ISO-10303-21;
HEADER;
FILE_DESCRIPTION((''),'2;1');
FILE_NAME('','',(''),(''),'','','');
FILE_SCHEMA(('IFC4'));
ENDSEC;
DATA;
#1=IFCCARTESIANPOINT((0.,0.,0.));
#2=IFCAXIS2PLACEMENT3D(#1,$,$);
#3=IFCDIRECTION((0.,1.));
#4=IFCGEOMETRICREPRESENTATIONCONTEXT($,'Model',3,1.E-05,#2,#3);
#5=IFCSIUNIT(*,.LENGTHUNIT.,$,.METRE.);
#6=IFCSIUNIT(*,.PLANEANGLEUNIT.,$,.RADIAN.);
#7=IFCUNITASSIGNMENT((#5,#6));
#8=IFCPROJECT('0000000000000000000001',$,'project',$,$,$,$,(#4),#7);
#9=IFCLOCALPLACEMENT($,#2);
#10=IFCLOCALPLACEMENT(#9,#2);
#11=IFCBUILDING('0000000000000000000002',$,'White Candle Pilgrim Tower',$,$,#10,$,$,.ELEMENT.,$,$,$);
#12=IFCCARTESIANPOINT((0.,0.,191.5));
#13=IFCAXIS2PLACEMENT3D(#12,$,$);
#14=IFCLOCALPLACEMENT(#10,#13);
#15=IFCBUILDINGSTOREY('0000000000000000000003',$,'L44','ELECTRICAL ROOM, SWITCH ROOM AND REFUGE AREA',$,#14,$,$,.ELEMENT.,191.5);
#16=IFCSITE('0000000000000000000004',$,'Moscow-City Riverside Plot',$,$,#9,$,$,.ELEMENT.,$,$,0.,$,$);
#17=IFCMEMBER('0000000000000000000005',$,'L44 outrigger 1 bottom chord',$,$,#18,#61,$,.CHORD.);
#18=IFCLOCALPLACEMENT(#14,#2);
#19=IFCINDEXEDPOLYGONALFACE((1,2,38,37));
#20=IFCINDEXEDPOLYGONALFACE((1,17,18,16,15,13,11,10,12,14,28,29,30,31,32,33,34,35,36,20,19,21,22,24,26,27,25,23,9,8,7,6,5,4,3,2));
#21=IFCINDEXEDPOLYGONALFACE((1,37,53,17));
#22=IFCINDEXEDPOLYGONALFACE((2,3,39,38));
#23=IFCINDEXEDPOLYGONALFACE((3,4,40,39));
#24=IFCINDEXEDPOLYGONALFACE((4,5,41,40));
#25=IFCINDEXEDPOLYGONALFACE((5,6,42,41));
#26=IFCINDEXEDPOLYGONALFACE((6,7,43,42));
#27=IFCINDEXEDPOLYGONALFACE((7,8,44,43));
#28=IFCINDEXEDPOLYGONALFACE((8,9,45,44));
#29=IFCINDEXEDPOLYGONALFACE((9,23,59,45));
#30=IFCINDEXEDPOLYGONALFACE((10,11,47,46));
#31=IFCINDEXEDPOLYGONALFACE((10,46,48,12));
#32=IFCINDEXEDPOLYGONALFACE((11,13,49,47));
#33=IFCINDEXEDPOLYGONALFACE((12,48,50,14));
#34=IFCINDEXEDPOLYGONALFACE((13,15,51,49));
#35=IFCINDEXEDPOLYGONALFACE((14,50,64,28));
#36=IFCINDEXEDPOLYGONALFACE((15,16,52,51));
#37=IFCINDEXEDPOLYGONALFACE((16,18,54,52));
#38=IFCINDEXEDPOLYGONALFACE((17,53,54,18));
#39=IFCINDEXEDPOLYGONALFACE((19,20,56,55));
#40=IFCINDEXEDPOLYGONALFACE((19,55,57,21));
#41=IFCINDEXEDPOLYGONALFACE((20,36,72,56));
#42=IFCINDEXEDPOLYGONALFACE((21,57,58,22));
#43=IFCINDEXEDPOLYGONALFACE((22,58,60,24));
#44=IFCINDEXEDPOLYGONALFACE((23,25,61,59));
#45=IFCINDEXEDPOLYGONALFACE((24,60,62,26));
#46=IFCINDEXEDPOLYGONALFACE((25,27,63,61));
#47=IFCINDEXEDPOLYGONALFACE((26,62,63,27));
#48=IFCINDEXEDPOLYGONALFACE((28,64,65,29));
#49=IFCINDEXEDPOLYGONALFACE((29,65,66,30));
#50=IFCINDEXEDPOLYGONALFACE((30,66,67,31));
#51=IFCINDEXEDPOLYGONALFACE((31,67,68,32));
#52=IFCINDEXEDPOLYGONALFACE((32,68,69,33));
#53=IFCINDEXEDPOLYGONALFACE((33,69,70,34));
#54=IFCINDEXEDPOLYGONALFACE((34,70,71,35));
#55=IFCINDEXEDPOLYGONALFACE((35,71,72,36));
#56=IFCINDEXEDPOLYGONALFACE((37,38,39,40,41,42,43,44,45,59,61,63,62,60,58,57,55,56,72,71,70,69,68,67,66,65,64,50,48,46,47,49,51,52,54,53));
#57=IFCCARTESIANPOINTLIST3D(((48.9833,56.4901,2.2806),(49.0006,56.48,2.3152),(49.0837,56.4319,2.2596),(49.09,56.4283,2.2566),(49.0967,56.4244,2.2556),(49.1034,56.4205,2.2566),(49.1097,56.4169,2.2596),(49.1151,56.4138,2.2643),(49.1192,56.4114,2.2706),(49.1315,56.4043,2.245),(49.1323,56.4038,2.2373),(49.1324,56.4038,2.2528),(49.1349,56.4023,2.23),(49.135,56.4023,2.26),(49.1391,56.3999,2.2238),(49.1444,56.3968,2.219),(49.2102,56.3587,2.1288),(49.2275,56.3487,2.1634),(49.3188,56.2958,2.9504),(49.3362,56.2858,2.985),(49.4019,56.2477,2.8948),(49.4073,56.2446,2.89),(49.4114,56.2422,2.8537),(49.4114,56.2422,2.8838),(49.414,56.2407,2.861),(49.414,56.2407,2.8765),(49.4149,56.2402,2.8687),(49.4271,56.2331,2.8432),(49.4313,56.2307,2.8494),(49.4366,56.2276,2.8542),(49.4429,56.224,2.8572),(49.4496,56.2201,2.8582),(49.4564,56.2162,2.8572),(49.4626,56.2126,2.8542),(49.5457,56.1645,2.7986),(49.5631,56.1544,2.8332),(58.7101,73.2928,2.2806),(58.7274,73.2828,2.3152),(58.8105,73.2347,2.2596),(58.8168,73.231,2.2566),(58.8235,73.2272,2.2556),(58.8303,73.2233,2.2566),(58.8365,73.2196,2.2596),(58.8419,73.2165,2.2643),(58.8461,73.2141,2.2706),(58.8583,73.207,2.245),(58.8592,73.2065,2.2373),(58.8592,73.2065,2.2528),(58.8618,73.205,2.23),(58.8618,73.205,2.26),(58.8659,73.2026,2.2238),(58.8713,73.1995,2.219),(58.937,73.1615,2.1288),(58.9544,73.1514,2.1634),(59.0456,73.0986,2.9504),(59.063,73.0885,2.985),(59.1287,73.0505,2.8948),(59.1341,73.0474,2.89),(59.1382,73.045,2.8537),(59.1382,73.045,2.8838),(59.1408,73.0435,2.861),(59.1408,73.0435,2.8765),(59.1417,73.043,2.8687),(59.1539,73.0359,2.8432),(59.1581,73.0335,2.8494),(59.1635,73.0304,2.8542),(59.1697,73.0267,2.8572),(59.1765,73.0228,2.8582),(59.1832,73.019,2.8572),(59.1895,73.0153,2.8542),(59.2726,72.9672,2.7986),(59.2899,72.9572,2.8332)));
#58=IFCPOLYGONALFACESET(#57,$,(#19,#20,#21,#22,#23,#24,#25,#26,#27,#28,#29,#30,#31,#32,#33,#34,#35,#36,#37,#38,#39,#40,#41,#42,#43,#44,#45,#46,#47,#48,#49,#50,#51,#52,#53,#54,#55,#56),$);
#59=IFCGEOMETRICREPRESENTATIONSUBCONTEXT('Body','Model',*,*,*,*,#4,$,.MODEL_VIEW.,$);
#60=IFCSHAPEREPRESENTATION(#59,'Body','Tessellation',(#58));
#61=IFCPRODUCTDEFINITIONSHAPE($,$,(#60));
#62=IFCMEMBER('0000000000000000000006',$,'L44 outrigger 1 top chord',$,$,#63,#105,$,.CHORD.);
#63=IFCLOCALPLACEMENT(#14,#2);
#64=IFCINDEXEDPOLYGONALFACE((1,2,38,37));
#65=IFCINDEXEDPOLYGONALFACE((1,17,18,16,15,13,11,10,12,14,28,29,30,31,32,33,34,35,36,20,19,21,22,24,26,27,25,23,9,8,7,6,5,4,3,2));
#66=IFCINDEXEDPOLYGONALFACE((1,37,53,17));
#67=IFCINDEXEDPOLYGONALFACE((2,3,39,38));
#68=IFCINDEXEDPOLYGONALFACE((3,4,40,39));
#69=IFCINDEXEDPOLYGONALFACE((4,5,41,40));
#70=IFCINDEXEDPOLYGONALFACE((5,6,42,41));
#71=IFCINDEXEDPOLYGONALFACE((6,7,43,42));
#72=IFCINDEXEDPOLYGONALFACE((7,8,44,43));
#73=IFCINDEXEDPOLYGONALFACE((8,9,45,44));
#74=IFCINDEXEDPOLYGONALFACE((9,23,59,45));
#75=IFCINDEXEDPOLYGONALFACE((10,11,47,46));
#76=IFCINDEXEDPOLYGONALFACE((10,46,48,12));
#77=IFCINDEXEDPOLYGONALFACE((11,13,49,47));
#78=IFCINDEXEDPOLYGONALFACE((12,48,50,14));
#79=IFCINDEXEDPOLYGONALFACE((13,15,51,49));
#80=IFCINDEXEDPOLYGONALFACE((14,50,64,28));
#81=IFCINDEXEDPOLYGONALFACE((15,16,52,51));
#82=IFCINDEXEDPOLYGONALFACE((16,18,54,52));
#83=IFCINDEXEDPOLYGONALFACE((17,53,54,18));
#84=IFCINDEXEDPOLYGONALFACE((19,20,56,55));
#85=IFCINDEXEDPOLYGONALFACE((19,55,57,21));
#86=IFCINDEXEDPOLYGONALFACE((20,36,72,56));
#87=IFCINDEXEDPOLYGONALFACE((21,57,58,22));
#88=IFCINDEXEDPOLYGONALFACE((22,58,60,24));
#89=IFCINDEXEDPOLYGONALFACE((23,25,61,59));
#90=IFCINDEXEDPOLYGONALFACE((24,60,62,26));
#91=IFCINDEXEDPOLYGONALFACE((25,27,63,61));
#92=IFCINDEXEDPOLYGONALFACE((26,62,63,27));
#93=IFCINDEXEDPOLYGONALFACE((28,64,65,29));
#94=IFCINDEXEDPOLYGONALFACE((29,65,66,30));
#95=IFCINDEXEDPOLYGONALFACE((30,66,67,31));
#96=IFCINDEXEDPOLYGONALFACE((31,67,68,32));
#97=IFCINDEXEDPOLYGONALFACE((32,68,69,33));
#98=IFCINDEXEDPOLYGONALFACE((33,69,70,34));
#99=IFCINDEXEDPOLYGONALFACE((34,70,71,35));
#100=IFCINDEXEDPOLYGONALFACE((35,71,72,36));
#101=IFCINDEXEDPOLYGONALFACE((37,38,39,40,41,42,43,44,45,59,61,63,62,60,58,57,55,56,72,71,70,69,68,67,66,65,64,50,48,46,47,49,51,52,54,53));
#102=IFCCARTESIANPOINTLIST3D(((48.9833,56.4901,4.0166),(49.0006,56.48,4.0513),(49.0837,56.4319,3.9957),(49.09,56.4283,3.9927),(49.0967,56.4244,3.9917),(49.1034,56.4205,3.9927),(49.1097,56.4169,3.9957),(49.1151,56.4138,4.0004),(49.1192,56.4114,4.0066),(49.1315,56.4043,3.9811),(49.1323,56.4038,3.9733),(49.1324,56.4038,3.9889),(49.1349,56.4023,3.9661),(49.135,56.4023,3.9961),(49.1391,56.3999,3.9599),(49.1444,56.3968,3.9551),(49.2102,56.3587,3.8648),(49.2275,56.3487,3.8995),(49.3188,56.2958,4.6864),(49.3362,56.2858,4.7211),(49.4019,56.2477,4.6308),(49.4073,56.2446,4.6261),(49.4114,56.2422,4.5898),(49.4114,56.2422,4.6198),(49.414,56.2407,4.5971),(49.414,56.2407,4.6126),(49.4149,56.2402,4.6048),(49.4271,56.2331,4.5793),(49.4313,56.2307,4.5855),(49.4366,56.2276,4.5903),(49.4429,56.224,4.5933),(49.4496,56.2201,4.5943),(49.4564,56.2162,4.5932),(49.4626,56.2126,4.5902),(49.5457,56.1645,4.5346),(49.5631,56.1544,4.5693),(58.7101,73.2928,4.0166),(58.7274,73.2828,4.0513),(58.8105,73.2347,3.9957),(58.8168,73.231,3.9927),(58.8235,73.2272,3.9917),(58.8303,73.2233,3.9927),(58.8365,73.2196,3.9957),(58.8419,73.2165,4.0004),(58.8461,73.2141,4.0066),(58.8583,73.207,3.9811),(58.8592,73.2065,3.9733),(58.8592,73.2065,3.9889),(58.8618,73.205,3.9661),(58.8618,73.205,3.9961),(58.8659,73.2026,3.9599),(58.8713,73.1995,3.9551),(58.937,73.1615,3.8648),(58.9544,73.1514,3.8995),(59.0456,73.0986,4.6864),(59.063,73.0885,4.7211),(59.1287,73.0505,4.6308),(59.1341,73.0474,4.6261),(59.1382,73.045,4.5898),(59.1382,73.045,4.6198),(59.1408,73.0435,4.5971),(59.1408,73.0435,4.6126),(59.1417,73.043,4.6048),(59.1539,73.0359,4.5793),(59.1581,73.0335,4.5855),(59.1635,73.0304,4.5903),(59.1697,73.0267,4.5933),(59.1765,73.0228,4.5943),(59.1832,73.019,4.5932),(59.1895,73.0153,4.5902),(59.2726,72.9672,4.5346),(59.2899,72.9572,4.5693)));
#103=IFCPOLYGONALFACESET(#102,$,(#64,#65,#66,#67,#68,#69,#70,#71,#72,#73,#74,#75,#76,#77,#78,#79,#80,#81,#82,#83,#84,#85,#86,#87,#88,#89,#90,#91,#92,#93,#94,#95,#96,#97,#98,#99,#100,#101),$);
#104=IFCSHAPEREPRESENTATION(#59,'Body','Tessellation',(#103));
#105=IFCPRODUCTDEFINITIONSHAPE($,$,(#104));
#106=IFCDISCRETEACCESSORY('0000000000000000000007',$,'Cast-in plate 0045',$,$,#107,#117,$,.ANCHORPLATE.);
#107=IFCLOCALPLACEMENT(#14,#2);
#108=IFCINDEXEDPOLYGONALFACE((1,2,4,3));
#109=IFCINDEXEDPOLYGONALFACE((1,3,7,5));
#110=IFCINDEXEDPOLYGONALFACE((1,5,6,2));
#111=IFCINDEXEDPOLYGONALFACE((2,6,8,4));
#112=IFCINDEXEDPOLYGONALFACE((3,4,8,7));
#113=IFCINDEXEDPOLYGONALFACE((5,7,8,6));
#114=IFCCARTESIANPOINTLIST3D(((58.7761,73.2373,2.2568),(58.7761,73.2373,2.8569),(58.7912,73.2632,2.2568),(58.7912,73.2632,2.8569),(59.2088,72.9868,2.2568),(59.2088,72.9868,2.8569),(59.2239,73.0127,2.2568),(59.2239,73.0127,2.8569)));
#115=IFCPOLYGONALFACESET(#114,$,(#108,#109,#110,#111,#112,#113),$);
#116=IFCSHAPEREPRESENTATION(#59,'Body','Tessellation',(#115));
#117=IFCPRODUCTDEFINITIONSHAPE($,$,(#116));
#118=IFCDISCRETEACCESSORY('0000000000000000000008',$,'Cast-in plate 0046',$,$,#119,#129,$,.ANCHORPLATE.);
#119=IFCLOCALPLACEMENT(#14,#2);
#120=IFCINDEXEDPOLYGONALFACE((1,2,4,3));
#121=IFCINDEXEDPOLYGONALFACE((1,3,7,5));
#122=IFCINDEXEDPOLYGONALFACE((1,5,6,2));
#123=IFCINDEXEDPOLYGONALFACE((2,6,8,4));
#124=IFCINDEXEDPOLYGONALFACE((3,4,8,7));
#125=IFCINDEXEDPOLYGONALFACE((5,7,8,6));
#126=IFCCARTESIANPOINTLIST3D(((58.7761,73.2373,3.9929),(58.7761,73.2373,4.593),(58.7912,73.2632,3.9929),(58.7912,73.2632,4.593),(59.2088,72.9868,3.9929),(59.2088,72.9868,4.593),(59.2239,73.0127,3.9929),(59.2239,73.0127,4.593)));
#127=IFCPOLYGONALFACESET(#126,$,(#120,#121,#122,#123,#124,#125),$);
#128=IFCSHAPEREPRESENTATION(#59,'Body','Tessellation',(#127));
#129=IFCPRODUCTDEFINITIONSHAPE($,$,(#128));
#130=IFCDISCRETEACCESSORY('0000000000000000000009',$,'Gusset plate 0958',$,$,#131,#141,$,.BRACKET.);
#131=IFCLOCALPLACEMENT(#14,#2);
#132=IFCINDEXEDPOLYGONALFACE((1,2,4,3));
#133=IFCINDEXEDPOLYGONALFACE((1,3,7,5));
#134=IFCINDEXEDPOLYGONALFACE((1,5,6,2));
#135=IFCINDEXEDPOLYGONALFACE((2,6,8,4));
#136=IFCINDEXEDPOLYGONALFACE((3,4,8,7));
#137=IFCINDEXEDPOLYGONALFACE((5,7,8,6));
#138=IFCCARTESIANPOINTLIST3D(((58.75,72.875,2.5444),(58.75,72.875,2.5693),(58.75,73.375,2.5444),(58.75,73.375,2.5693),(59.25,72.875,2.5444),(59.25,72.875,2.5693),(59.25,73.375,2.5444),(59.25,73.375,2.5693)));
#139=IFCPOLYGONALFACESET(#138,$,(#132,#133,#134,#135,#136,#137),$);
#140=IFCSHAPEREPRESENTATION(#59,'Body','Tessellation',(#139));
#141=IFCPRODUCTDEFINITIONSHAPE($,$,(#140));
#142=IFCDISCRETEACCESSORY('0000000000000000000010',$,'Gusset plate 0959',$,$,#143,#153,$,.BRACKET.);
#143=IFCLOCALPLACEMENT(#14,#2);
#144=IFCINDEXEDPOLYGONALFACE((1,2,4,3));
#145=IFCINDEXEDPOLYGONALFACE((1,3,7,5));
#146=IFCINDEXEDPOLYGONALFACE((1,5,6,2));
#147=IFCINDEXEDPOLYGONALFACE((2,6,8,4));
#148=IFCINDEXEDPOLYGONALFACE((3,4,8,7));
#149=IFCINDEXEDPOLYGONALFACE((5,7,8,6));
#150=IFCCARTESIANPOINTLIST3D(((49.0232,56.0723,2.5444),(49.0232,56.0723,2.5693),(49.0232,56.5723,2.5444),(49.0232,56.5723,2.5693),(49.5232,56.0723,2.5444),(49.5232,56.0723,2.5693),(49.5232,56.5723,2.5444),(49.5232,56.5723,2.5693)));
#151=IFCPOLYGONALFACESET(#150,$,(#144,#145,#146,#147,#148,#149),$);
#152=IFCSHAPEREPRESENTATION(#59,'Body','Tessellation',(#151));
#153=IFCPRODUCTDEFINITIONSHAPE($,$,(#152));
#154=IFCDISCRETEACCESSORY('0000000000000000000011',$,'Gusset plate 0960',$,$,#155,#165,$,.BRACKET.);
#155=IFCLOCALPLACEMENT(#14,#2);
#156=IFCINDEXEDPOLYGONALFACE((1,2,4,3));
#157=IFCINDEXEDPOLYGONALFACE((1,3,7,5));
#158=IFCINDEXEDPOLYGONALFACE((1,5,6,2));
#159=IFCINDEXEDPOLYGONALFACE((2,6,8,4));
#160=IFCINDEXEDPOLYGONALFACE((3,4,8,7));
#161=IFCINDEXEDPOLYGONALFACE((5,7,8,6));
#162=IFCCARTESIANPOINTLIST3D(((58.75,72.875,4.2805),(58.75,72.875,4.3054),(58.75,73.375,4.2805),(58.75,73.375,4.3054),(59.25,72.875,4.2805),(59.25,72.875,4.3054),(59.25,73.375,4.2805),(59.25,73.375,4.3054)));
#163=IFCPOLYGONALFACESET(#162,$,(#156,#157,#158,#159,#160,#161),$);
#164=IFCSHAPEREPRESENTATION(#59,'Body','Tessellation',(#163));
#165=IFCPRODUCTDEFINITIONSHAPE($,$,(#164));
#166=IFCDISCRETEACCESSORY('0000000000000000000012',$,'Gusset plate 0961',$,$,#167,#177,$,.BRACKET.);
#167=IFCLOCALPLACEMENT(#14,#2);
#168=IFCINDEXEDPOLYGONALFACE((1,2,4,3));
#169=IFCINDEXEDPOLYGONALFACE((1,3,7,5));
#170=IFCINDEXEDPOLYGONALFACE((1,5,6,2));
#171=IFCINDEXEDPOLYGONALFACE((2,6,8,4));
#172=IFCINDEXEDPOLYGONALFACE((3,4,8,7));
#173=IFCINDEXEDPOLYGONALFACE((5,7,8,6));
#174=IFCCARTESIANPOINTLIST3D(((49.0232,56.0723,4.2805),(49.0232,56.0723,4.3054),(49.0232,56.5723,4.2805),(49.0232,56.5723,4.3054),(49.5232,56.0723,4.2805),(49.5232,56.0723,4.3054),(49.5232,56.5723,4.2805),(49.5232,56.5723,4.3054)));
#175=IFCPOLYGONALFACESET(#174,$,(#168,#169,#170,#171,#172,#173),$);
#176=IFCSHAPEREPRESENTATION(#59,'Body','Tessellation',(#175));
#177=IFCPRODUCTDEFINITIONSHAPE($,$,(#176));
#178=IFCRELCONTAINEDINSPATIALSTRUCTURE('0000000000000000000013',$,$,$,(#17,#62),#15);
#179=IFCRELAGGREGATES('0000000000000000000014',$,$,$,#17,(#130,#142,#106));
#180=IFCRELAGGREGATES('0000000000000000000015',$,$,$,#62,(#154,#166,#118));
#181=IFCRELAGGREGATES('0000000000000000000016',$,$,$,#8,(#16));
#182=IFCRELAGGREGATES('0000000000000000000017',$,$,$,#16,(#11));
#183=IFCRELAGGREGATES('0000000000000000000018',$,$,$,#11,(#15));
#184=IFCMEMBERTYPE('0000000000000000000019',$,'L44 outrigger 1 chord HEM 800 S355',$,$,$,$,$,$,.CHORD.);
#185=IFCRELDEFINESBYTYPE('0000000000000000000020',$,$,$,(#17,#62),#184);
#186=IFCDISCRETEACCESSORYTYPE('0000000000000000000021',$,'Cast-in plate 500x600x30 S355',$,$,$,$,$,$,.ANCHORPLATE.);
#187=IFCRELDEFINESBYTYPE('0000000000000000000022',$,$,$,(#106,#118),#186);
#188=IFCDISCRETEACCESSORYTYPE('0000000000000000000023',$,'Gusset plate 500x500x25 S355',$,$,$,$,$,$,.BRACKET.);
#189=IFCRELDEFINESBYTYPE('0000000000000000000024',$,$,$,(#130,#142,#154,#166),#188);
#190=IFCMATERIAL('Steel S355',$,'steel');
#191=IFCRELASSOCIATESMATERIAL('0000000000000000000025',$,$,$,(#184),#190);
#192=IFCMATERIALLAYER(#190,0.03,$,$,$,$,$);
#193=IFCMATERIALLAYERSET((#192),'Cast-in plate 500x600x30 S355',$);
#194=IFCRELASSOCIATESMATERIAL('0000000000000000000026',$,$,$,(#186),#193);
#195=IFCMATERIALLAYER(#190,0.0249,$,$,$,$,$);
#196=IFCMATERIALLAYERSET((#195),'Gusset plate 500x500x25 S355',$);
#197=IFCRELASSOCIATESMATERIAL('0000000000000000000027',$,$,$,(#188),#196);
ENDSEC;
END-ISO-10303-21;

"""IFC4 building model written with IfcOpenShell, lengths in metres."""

from ifc_helpers import new_model, si_unit, direction, frame, origin, origin_2d, place, context, subcontext, project, spatial, rectangle, i_section, extrude, material, layer, layer_set, material_profile, profile_set, type_object, element, aggregate, save


model = new_model("IFC4")

# Units and contexts
model_context = context("Model", 3, precision=1e-05, world=origin(), true_north=direction((0.0, 1.0)))
body_context = subcontext(model_context, "Body", "Model", "MODEL_VIEW")
ifc_project = project(units=[si_unit("LENGTHUNIT", "METRE"), si_unit("PLANEANGLEUNIT", "RADIAN")], contexts=[model_context])

# Site, building, storey
site_placement = place(None, origin())
site = spatial("IfcSite", under=ifc_project, at=site_placement, Name="Moscow-City Riverside Plot", CompositionType="ELEMENT", RefElevation=0.0)
building_placement = place(site_placement, origin())
building = spatial("IfcBuilding", under=site, at=building_placement, Name="White Candle Pilgrim Tower", CompositionType="ELEMENT")
storey_placement = place(building_placement, frame((0.0, 0.0, 191.5)))
storey = spatial("IfcBuildingStorey", under=building, at=storey_placement, Name="L44", Description="ELECTRICAL ROOM, SWITCH ROOM AND REFUGE AREA", CompositionType="ELEMENT", Elevation=191.5)

# Members
ifc_material_1 = material(Name="Steel S355", Category="steel")
ifc_material_profile_1 = material_profile(ifc_material_1, i_section(OverallWidth=0.303, OverallDepth=0.814, WebThickness=0.021, FlangeThickness=0.04, FilletRadius=0.03, at=origin_2d()), Name="HEM 800")
ifc_profile_set_1 = profile_set([ifc_material_profile_1], Name="Steel S355")
member_type_1 = type_object("IfcMemberType", Name="L44 outrigger 1 chord HEM 800 S355", PredefinedType="CHORD", material=ifc_profile_set_1)
member_1_placement = place(storey_placement, frame((59.0, 73.125, 2.5569), z_axis=(-0.500994, -0.865451, 0.0), x_axis=(0.749008, -0.433587, -0.500989)))
member_1 = element("IfcMember", 1, at=member_1_placement, inside=storey, type_object=member_type_1, Name="L44 outrigger 1 bottom chord", PredefinedType="CHORD", context=body_context, shape_type="SweptSolid", body=[
    extrude(i_section(OverallWidth=0.303, OverallDepth=0.814, WebThickness=0.021, FlangeThickness=0.04, FilletRadius=0.03, at=origin_2d()), origin(), (0.0, 0.0, 1.0), 19.415),
])
member_2_placement = place(storey_placement, frame((59.0, 73.125, 4.293), z_axis=(-0.500994, -0.865451, 0.0), x_axis=(0.749008, -0.433587, -0.500989)))
member_2 = element("IfcMember", 2, at=member_2_placement, inside=storey, type_object=member_type_1, Name="L44 outrigger 1 top chord", PredefinedType="CHORD", context=body_context, shape_type="SweptSolid", body=[
    extrude(i_section(OverallWidth=0.303, OverallDepth=0.814, WebThickness=0.021, FlangeThickness=0.04, FilletRadius=0.03, at=origin_2d()), origin(), (0.0, 0.0, 1.0), 19.415),
])

# Discrete accessories
ifc_layer_1 = layer(ifc_material_1, 0.03)
ifc_layer_set_1 = layer_set([ifc_layer_1], Name="Cast-in plate 500x600x30 S355")
discrete_accessory_type_1 = type_object("IfcDiscreteAccessoryType", Name="Cast-in plate 500x600x30 S355", PredefinedType="ANCHORPLATE", material=ifc_layer_set_1)
discrete_accessory_1_placement = place(storey_placement, frame((59.0, 73.125, 2.2568), z_axis=(0.0, 0.0, 1.0), x_axis=(-0.500982, -0.865458, 0.0)))
discrete_accessory_1 = element("IfcDiscreteAccessory", 3, at=discrete_accessory_1_placement, type_object=discrete_accessory_type_1, Name="Cast-in plate 0045", PredefinedType="ANCHORPLATE", context=body_context, shape_type="SweptSolid", body=[
    extrude(rectangle(XDim=0.03, YDim=0.5, at=origin_2d()), origin(), (0.0, 0.0, 1.0), 0.6001),
])
discrete_accessory_2_placement = place(storey_placement, frame((59.0, 73.125, 3.9929), z_axis=(0.0, 0.0, 1.0), x_axis=(-0.500982, -0.865458, 0.0)))
discrete_accessory_2 = element("IfcDiscreteAccessory", 4, at=discrete_accessory_2_placement, type_object=discrete_accessory_type_1, Name="Cast-in plate 0046", PredefinedType="ANCHORPLATE", context=body_context, shape_type="SweptSolid", body=[
    extrude(rectangle(XDim=0.03, YDim=0.5, at=origin_2d()), origin(), (0.0, 0.0, 1.0), 0.6001),
])
ifc_layer_2 = layer(ifc_material_1, 0.0249)
ifc_layer_set_2 = layer_set([ifc_layer_2], Name="Gusset plate 500x500x25 S355")
discrete_accessory_type_2 = type_object("IfcDiscreteAccessoryType", Name="Gusset plate 500x500x25 S355", PredefinedType="BRACKET", material=ifc_layer_set_2)
discrete_accessory_3_placement = place(storey_placement, frame((59.0, 73.125, 2.5444), z_axis=(0.0, 0.0, 1.0), x_axis=(1.0, 0.0, 0.0)))
discrete_accessory_3 = element("IfcDiscreteAccessory", 5, at=discrete_accessory_3_placement, type_object=discrete_accessory_type_2, Name="Gusset plate 0958", PredefinedType="BRACKET", context=body_context, shape_type="SweptSolid", body=[
    extrude(rectangle(XDim=0.5, YDim=0.5, at=origin_2d()), origin(), (0.0, 0.0, 1.0), 0.0249),
])
discrete_accessory_4_placement = place(storey_placement, frame((49.2732, 56.3223, 2.5444), z_axis=(0.0, 0.0, 1.0), x_axis=(1.0, 0.0, 0.0)))
discrete_accessory_4 = element("IfcDiscreteAccessory", 6, at=discrete_accessory_4_placement, type_object=discrete_accessory_type_2, Name="Gusset plate 0959", PredefinedType="BRACKET", context=body_context, shape_type="SweptSolid", body=[
    extrude(rectangle(XDim=0.5, YDim=0.5, at=origin_2d()), origin(), (0.0, 0.0, 1.0), 0.0249),
])
aggregate(member_1, [discrete_accessory_3, discrete_accessory_4, discrete_accessory_1])
discrete_accessory_5_placement = place(storey_placement, frame((59.0, 73.125, 4.2805), z_axis=(0.0, 0.0, 1.0), x_axis=(1.0, 0.0, 0.0)))
discrete_accessory_5 = element("IfcDiscreteAccessory", 7, at=discrete_accessory_5_placement, type_object=discrete_accessory_type_2, Name="Gusset plate 0960", PredefinedType="BRACKET", context=body_context, shape_type="SweptSolid", body=[
    extrude(rectangle(XDim=0.5, YDim=0.5, at=origin_2d()), origin(), (0.0, 0.0, 1.0), 0.0249),
])
discrete_accessory_6_placement = place(storey_placement, frame((49.2732, 56.3223, 4.2805), z_axis=(0.0, 0.0, 1.0), x_axis=(1.0, 0.0, 0.0)))
discrete_accessory_6 = element("IfcDiscreteAccessory", 8, at=discrete_accessory_6_placement, type_object=discrete_accessory_type_2, Name="Gusset plate 0961", PredefinedType="BRACKET", context=body_context, shape_type="SweptSolid", body=[
    extrude(rectangle(XDim=0.5, YDim=0.5, at=origin_2d()), origin(), (0.0, 0.0, 1.0), 0.0249),
])
aggregate(member_2, [discrete_accessory_5, discrete_accessory_6, discrete_accessory_2])

save(model, "model.ifc")
